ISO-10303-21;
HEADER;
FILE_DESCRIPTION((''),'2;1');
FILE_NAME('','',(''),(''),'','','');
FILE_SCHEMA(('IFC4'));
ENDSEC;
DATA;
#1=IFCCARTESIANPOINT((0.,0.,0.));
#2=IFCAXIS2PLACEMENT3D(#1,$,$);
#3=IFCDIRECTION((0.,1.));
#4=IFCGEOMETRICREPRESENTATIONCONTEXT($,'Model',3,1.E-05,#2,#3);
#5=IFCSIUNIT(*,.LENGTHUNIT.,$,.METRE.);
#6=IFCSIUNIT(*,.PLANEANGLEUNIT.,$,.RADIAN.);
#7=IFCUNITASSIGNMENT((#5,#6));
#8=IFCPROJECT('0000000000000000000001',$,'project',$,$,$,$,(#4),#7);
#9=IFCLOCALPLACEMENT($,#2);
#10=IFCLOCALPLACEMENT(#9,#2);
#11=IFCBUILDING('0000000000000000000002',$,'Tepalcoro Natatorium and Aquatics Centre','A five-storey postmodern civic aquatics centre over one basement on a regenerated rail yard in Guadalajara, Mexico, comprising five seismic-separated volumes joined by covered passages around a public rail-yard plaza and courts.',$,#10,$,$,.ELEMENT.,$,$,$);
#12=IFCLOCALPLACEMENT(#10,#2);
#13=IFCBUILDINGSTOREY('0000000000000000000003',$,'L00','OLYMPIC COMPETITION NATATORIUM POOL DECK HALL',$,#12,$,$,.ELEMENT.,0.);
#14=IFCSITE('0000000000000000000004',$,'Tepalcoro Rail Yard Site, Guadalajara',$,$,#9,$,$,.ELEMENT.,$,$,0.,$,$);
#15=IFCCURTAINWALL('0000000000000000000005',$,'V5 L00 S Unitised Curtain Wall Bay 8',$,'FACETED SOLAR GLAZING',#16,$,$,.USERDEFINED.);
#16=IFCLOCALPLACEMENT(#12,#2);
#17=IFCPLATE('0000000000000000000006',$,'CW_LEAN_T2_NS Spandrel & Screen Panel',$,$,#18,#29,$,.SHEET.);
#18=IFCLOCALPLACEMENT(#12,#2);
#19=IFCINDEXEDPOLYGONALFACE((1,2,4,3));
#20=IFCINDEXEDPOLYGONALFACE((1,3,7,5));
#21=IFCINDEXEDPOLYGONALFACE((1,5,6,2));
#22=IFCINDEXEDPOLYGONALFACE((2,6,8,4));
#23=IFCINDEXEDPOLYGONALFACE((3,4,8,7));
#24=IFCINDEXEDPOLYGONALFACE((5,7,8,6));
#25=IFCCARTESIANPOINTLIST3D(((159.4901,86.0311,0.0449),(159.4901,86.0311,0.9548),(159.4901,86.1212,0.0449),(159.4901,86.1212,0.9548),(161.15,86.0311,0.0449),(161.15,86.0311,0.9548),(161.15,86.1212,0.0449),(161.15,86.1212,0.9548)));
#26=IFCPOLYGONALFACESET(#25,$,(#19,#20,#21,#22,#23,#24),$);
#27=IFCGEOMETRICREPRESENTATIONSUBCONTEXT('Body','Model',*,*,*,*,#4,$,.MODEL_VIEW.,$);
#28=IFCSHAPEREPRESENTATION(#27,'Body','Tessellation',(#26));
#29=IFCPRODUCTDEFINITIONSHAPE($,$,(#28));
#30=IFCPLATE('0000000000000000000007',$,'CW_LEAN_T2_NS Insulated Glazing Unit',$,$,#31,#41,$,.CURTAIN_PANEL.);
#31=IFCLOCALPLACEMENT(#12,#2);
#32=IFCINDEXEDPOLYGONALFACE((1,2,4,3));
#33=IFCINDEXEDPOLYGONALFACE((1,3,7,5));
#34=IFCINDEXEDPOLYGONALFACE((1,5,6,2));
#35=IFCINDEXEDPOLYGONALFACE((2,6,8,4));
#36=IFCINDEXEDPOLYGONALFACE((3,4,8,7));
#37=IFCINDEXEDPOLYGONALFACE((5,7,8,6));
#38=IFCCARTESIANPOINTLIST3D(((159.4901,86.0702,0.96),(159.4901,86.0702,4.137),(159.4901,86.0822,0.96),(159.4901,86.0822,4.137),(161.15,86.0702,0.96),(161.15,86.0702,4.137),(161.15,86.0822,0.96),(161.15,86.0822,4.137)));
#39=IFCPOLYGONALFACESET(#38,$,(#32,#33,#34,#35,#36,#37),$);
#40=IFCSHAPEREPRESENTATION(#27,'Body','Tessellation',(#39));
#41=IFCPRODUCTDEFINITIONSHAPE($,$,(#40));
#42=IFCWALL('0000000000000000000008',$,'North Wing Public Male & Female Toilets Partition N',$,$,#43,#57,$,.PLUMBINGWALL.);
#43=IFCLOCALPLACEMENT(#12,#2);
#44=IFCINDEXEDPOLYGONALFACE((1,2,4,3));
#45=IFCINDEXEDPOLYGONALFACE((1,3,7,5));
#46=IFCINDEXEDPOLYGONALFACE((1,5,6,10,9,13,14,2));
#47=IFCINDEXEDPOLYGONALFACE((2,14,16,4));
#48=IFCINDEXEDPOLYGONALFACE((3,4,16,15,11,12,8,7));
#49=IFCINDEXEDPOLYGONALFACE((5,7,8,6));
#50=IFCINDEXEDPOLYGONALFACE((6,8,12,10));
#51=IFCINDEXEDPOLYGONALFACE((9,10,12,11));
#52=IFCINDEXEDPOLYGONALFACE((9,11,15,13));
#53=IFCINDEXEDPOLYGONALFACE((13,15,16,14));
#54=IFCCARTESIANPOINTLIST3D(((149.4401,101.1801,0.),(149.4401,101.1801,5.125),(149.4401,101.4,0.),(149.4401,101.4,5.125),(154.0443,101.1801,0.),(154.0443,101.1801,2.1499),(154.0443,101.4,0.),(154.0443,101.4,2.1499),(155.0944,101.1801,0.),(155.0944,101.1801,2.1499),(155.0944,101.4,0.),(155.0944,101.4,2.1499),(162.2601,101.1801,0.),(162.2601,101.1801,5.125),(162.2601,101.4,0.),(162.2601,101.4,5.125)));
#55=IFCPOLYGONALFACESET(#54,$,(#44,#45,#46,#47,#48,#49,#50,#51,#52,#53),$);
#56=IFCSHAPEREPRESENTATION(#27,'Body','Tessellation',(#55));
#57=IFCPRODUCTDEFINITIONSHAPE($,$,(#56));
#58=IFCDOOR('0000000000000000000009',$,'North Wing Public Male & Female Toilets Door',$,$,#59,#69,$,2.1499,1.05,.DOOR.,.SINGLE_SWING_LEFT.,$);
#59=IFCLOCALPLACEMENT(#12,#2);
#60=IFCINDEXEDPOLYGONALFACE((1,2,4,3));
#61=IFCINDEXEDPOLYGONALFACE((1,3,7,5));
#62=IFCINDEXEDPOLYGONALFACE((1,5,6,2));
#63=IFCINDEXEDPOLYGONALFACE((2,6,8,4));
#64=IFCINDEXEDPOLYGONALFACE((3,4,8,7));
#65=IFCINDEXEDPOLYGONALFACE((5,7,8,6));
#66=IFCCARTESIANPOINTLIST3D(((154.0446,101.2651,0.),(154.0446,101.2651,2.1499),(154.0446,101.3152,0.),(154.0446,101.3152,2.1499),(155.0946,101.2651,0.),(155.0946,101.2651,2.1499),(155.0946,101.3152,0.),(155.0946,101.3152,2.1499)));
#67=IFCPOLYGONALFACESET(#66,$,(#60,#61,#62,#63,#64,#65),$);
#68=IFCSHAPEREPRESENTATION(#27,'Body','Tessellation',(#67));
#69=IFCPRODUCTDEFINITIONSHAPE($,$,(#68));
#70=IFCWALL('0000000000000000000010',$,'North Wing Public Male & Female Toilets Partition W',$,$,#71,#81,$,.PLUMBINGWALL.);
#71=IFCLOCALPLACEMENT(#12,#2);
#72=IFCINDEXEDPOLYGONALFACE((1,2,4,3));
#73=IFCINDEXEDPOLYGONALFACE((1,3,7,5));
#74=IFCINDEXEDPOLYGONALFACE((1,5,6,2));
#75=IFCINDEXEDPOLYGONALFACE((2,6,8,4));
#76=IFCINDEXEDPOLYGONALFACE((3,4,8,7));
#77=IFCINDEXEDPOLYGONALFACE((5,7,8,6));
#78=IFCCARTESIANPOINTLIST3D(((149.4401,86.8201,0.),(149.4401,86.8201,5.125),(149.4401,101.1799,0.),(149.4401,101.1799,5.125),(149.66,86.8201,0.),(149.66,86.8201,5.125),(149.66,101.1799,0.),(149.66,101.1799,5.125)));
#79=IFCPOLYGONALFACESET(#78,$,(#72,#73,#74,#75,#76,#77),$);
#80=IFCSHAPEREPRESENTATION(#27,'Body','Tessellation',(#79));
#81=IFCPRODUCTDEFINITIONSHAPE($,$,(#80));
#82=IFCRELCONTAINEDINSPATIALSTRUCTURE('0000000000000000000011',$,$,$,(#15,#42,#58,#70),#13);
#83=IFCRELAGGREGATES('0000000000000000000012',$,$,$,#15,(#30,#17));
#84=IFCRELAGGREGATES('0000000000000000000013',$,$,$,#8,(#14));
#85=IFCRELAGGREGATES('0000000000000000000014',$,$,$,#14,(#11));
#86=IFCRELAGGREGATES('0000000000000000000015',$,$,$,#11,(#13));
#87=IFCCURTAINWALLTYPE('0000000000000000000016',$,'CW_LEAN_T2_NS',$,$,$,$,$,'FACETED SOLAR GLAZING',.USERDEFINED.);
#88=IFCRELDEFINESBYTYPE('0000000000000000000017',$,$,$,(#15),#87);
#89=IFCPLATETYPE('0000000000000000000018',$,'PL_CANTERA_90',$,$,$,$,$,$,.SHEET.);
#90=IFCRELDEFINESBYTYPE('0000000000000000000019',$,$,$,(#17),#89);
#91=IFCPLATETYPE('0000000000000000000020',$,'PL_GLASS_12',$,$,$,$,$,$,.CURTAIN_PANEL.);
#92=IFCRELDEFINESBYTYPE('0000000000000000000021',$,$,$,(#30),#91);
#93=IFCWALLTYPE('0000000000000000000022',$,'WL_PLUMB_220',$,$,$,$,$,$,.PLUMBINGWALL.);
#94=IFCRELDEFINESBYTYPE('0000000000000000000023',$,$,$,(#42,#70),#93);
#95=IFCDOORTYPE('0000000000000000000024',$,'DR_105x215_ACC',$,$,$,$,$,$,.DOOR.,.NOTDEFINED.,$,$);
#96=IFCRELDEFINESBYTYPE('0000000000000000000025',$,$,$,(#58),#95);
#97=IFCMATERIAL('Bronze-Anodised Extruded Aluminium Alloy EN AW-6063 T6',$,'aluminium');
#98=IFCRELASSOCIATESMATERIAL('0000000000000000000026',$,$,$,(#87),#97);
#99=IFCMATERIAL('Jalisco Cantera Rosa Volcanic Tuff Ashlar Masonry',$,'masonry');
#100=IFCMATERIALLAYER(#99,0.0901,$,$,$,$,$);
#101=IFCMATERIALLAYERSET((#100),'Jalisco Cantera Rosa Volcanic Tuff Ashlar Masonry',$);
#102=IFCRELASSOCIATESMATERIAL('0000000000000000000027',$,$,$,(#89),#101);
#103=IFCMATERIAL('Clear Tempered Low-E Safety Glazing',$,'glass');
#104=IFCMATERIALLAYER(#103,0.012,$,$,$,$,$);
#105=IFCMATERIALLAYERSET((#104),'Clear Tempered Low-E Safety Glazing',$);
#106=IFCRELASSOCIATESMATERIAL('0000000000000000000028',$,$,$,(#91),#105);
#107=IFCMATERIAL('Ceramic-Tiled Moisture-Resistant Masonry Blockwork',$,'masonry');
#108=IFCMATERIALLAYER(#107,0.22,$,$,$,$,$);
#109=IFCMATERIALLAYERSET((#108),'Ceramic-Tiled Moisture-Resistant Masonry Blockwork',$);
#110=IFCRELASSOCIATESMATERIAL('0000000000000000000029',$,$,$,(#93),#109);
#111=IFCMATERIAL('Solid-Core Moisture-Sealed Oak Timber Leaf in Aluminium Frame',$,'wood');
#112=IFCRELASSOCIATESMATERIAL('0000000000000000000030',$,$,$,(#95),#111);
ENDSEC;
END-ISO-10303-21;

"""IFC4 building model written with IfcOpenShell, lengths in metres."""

from ifc_helpers import new_model, si_unit, direction, frame, frame_2d, origin, origin_2d, place, context, subcontext, project, spatial, rectangle, extrude, material, layer, layer_set, type_object, element, fill, aggregate, save


model = new_model("IFC4")

# Units and contexts
model_context = context("Model", 3, precision=1e-05, world=origin(), true_north=direction((0.0, 1.0)))
body_context = subcontext(model_context, "Body", "Model", "MODEL_VIEW")
ifc_project = project(units=[si_unit("LENGTHUNIT", "METRE"), si_unit("PLANEANGLEUNIT", "RADIAN")], contexts=[model_context])

# Site, building, storey
site_placement = place(None, origin())
site = spatial("IfcSite", under=ifc_project, at=site_placement, Name="Tepalcoro Rail Yard Site, Guadalajara", CompositionType="ELEMENT", RefElevation=0.0)
building_placement = place(site_placement, origin())
building = spatial("IfcBuilding", under=site, at=building_placement, Name="Tepalcoro Natatorium and Aquatics Centre", Description="A five-storey postmodern civic aquatics centre over one basement on a regenerated rail yard in Guadalajara, Mexico, comprising five seismic-separated volumes joined by covered passages around a public rail-yard plaza and courts.", CompositionType="ELEMENT")
storey_placement = place(building_placement, origin())
storey = spatial("IfcBuildingStorey", under=building, at=storey_placement, Name="L00", Description="OLYMPIC COMPETITION NATATORIUM POOL DECK HALL", CompositionType="ELEMENT", Elevation=0.0)

# Curtain wall
ifc_material_1 = material(Name="Bronze-Anodised Extruded Aluminium Alloy EN AW-6063 T6", Category="aluminium")
curtain_wall_type = type_object("IfcCurtainWallType", Name="CW_LEAN_T2_NS", ElementType="FACETED SOLAR GLAZING", PredefinedType="USERDEFINED", material=ifc_material_1)
curtain_wall_placement = place(storey_placement, origin())
curtain_wall = element("IfcCurtainWall", 1, at=curtain_wall_placement, inside=storey, type_object=curtain_wall_type, Name="V5 L00 S Unitised Curtain Wall Bay 8", ObjectType="FACETED SOLAR GLAZING", PredefinedType="USERDEFINED")

# Plates
ifc_material_2 = material(Name="Jalisco Cantera Rosa Volcanic Tuff Ashlar Masonry", Category="masonry")
ifc_layer_1 = layer(ifc_material_2, 0.0901)
ifc_layer_set_1 = layer_set([ifc_layer_1], Name="Jalisco Cantera Rosa Volcanic Tuff Ashlar Masonry")
plate_type_1 = type_object("IfcPlateType", Name="PL_CANTERA_90", PredefinedType="SHEET", material=ifc_layer_set_1)
plate_1_placement = place(storey_placement, frame((160.3201, 86.0762, 0.0449), z_axis=(0.0, 0.0, 1.0), x_axis=(1.0, 0.0, 0.0)))
plate_1 = element("IfcPlate", 2, at=plate_1_placement, type_object=plate_type_1, Name="CW_LEAN_T2_NS Spandrel & Screen Panel", PredefinedType="SHEET", context=body_context, shape_type="SweptSolid", body=[
    extrude(rectangle(XDim=1.6599, YDim=0.0901, at=origin_2d()), origin(), (0.0, 0.0, 1.0), 0.9099),
])
ifc_material_3 = material(Name="Clear Tempered Low-E Safety Glazing", Category="glass")
ifc_layer_2 = layer(ifc_material_3, 0.012)
ifc_layer_set_2 = layer_set([ifc_layer_2], Name="Clear Tempered Low-E Safety Glazing")
plate_type_2 = type_object("IfcPlateType", Name="PL_GLASS_12", PredefinedType="CURTAIN_PANEL", material=ifc_layer_set_2)
plate_2_placement = place(storey_placement, frame((160.3201, 86.0762, 0.96), z_axis=(0.0, 0.0, 1.0), x_axis=(1.0, 0.0, 0.0)))
plate_2 = element("IfcPlate", 3, at=plate_2_placement, type_object=plate_type_2, Name="CW_LEAN_T2_NS Insulated Glazing Unit", PredefinedType="CURTAIN_PANEL", context=body_context, shape_type="SweptSolid", body=[
    extrude(rectangle(XDim=1.6599, YDim=0.012, at=origin_2d()), origin(), (0.0, 0.0, 1.0), 3.177),
])
aggregate(curtain_wall, [plate_2, plate_1])

# Shared definitions
ifc_material_4 = material(Name="Ceramic-Tiled Moisture-Resistant Masonry Blockwork", Category="masonry")
ifc_layer_3 = layer(ifc_material_4, 0.22)
ifc_layer_set_3 = layer_set([ifc_layer_3], Name="Ceramic-Tiled Moisture-Resistant Masonry Blockwork")
wall_type = type_object("IfcWallType", Name="WL_PLUMB_220", PredefinedType="PLUMBINGWALL", material=ifc_layer_set_3)

# Wall, opening, door
wall_1_placement = place(storey_placement, frame((149.4399, 101.29, 0.0), z_axis=(0.0, 0.0, 1.0), x_axis=(1.0, 0.0, 0.0)))
wall_1 = element("IfcWall", 4, at=wall_1_placement, inside=storey, type_object=wall_type, Name="North Wing Public Male & Female Toilets Partition N", PredefinedType="PLUMBINGWALL", context=body_context, shape_type="SweptSolid", body=[
    extrude(rectangle(XDim=12.8201, YDim=0.22, at=frame_2d((6.4102, 0.0))), origin(), (0.0, 0.0, 1.0), 5.125),
])
opening_placement = place(wall_1_placement, frame((4.6045, 0.0, 0.0)))
opening = element("IfcOpeningElement", 5, at=opening_placement, cuts=wall_1, PredefinedType="OPENING", context=body_context, shape_type="SweptSolid", body=[
    extrude(rectangle(XDim=1.05, YDim=2.1499, at=frame_2d((0.5249, 1.075))), frame((0.0, 0.1221, 0.0), z_axis=(0.0, -1.0, 0.0), x_axis=(1.0, 0.0, 0.0)), (0.0, 0.0, 1.0), 0.2439),
])
ifc_material_5 = material(Name="Solid-Core Moisture-Sealed Oak Timber Leaf in Aluminium Frame", Category="wood")
door_type = type_object("IfcDoorType", Name="DR_105x215_ACC", OperationType="NOTDEFINED", PredefinedType="DOOR", material=ifc_material_5)
door_placement = place(opening_placement, frame((1.05, 0.0, 0.0), z_axis=(0.0, 0.0, 1.0), x_axis=(-1.0, 0.0, 0.0)))
door = element("IfcDoor", 6, at=door_placement, inside=storey, type_object=door_type, Name="North Wing Public Male & Female Toilets Door", OperationType="SINGLE_SWING_LEFT", OverallHeight=2.1499, OverallWidth=1.05, PredefinedType="DOOR", context=body_context, shape_type="SweptSolid", body=[
    extrude(rectangle(XDim=1.05, YDim=2.1499, at=frame_2d((0.5249, 1.075))), frame((0.0, 0.0249, 0.0), z_axis=(0.0, -1.0, 0.0), x_axis=(1.0, 0.0, 0.0)), (0.0, 0.0, 1.0), 0.05),
])
fill(opening, door)

# Wall
wall_2_placement = place(storey_placement, frame((149.55, 86.8201, 0.0), z_axis=(0.0, 0.0, 1.0), x_axis=(0.0, 1.0, 0.0)))
element("IfcWall", 7, at=wall_2_placement, inside=storey, type_object=wall_type, Name="North Wing Public Male & Female Toilets Partition W", PredefinedType="PLUMBINGWALL", context=body_context, shape_type="SweptSolid", body=[
    extrude(rectangle(XDim=14.3599, YDim=0.22, at=frame_2d((7.1799, 0.0))), origin(), (0.0, 0.0, 1.0), 5.125),
])

save(model, "model.ifc")
